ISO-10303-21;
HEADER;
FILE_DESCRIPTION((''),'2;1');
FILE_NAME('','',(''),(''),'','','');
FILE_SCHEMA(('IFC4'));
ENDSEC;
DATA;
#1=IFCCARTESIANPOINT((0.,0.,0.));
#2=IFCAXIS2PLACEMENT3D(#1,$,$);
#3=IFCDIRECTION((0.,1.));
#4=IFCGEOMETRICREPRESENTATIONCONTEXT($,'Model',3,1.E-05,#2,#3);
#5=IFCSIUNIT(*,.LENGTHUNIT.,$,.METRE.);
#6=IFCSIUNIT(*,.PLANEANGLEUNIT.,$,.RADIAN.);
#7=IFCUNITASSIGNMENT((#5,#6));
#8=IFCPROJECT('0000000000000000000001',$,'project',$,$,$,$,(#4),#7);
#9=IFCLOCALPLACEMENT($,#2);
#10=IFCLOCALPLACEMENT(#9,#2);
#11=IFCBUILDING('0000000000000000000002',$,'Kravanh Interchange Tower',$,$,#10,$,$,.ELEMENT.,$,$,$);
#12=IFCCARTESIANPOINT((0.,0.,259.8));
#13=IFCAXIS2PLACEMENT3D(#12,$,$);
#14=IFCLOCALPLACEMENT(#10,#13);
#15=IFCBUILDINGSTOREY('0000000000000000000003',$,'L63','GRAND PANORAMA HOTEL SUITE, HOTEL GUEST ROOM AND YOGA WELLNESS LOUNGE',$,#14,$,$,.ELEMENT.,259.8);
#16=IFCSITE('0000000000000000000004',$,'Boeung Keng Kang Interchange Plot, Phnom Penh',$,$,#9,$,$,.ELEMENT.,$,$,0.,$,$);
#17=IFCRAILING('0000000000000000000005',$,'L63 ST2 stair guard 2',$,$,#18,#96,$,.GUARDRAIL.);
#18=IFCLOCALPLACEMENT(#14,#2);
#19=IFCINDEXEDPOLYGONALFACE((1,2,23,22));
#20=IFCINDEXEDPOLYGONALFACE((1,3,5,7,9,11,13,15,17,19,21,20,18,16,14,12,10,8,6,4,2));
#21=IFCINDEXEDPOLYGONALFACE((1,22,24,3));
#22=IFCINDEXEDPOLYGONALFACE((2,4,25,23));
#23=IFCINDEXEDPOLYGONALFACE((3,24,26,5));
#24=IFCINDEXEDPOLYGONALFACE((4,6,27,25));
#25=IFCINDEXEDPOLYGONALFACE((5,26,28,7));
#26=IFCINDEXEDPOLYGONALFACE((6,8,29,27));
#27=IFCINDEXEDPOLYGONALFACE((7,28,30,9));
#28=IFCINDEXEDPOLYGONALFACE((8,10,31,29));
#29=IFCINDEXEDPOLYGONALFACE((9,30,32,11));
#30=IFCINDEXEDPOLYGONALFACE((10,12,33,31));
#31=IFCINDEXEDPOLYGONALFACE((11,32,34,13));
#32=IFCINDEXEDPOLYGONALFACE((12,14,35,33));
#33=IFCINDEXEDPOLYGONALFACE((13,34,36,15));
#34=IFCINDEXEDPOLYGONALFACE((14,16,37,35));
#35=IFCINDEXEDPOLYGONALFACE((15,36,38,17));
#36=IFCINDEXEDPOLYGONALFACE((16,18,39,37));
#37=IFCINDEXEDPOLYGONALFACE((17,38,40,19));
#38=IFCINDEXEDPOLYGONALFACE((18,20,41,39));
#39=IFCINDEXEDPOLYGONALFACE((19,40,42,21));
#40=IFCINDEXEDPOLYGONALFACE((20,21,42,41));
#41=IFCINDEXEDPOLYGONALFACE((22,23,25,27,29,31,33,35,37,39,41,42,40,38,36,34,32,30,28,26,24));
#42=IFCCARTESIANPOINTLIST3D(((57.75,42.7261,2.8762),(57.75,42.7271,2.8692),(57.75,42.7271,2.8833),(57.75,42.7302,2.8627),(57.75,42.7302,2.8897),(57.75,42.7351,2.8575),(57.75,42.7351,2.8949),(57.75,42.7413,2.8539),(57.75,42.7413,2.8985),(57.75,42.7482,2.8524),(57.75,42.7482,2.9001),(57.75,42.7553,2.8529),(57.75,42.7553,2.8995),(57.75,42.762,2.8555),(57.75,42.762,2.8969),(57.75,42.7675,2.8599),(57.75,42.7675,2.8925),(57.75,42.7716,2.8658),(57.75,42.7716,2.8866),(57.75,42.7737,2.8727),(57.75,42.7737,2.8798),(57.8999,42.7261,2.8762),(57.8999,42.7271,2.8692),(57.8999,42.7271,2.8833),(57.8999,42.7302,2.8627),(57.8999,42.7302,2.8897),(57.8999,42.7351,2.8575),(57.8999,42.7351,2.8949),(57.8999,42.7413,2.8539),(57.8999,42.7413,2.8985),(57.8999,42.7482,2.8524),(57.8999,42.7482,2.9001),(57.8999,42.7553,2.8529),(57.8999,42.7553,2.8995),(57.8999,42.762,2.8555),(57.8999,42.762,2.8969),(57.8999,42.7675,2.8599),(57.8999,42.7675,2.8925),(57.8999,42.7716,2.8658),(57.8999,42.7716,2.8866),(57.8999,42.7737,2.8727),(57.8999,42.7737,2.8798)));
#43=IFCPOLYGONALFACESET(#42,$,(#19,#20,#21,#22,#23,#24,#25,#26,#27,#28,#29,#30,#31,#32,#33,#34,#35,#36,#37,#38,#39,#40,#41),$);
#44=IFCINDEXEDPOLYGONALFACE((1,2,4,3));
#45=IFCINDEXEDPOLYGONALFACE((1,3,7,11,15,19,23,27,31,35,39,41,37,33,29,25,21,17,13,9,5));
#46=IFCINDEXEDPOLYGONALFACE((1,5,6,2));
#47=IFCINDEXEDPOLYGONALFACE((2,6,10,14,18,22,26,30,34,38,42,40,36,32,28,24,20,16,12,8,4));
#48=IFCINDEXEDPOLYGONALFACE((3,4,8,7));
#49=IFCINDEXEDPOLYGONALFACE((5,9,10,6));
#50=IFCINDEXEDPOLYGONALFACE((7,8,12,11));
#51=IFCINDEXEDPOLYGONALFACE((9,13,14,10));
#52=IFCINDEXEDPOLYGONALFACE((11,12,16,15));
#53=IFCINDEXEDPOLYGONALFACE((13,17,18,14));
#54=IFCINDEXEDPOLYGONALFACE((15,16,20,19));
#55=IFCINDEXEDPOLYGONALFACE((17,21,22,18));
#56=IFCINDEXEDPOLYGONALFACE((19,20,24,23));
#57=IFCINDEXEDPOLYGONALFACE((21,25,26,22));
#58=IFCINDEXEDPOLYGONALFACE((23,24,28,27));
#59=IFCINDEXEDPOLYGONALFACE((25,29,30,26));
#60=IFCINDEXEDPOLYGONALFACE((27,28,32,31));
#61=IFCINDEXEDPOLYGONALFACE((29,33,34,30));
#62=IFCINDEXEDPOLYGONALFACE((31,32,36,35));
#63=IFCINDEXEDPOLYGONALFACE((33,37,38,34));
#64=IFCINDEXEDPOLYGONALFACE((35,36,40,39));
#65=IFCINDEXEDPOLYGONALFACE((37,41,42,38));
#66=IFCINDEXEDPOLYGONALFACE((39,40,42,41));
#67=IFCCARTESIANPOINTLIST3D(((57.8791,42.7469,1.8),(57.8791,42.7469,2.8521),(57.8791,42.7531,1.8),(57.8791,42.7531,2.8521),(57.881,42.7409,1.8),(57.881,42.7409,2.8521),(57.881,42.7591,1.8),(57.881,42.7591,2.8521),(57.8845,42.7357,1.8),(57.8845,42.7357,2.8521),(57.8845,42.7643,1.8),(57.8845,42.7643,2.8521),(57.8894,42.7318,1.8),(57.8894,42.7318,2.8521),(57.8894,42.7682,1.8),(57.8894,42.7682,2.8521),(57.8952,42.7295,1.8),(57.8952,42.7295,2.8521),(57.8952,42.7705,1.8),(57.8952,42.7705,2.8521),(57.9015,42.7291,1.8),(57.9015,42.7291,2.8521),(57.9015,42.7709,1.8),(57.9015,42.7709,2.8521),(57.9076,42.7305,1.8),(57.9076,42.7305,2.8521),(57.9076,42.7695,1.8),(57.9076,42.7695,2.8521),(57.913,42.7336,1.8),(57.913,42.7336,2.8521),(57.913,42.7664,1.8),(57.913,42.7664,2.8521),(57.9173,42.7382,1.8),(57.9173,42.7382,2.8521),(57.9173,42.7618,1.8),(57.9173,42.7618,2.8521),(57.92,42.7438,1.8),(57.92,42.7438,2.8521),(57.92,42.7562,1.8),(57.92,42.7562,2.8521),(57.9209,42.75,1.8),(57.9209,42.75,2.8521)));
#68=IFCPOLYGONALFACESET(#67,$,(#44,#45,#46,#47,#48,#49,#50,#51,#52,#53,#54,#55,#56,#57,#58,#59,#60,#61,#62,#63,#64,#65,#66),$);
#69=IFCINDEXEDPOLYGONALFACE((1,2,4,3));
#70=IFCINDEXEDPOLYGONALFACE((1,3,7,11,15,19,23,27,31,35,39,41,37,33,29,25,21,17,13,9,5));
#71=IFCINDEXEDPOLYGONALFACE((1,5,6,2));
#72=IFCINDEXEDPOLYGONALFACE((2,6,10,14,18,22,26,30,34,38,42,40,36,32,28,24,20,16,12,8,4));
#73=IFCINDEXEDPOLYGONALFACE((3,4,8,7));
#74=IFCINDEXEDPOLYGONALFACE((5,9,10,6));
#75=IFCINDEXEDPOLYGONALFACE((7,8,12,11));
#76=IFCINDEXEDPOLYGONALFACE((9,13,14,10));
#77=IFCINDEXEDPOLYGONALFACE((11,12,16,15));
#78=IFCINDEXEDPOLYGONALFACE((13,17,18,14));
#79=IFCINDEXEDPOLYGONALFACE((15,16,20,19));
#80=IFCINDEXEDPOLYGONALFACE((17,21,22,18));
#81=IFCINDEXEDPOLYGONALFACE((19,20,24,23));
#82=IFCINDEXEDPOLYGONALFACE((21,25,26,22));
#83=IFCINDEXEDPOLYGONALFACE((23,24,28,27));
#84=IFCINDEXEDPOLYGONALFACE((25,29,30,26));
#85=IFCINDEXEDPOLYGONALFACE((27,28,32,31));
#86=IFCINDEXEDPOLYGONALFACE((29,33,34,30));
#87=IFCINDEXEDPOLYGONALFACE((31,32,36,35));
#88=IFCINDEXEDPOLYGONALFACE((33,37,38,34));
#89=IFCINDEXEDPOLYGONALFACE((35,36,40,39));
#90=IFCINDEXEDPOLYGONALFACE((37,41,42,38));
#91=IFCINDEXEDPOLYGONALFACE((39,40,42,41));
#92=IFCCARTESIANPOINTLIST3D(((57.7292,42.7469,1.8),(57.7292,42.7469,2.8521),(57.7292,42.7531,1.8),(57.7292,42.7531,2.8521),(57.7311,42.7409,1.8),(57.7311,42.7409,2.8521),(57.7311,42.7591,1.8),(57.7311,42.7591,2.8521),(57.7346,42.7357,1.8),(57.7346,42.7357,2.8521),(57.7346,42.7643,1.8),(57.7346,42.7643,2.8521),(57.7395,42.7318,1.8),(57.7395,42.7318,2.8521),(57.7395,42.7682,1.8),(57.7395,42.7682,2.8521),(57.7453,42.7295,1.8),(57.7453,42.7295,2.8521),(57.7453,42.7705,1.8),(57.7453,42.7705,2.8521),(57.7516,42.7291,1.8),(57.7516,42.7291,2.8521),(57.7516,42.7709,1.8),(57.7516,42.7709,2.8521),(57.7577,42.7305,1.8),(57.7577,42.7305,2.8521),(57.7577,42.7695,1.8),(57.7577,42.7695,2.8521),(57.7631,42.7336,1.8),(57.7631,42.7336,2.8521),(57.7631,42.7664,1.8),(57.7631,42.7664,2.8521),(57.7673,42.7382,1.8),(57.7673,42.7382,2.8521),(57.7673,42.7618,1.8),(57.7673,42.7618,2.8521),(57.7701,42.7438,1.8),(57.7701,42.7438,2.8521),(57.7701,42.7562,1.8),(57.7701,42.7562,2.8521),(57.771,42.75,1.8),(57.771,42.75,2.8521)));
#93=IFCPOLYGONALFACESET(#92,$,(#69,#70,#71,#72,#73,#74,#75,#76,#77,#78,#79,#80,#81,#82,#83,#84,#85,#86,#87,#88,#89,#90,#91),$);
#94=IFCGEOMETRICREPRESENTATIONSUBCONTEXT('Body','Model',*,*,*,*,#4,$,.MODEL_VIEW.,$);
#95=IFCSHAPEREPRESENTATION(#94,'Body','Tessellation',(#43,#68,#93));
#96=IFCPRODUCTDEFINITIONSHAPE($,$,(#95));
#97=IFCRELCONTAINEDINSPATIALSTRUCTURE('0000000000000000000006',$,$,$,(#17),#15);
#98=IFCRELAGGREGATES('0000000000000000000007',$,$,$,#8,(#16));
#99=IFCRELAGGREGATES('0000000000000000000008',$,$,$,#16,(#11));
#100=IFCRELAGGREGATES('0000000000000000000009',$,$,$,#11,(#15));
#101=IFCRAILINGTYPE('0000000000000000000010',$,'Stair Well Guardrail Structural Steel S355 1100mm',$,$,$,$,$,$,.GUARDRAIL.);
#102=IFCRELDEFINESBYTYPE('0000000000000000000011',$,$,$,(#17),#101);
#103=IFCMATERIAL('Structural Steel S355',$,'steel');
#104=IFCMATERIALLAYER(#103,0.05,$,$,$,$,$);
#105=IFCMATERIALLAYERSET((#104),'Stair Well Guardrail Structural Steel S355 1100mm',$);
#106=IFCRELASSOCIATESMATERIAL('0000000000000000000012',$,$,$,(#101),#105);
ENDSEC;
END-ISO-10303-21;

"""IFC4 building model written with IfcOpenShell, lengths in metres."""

from ifc_helpers import new_model, si_unit, direction, frame, origin, origin_2d, place, context, subcontext, project, spatial, circle, extrude, material, layer, layer_set, type_object, element, save


model = new_model("IFC4")

# Units and contexts
model_context = context("Model", 3, precision=1e-05, world=origin(), true_north=direction((0.0, 1.0)))
body_context = subcontext(model_context, "Body", "Model", "MODEL_VIEW")
ifc_project = project(units=[si_unit("LENGTHUNIT", "METRE"), si_unit("PLANEANGLEUNIT", "RADIAN")], contexts=[model_context])

# Site, building, storey
site_placement = place(None, origin())
site = spatial("IfcSite", under=ifc_project, at=site_placement, Name="Boeung Keng Kang Interchange Plot, Phnom Penh", CompositionType="ELEMENT", RefElevation=0.0)
building_placement = place(site_placement, origin())
building = spatial("IfcBuilding", under=site, at=building_placement, Name="Kravanh Interchange Tower", CompositionType="ELEMENT")
storey_placement = place(building_placement, frame((0.0, 0.0, 259.8)))
storey = spatial("IfcBuildingStorey", under=building, at=storey_placement, Name="L63", Description="GRAND PANORAMA HOTEL SUITE, HOTEL GUEST ROOM AND YOGA WELLNESS LOUNGE", CompositionType="ELEMENT", Elevation=259.8)

# Railing
ifc_material_1 = material(Name="Structural Steel S355", Category="steel")
ifc_layer_1 = layer(ifc_material_1, 0.05)
ifc_layer_set_1 = layer_set([ifc_layer_1], Name="Stair Well Guardrail Structural Steel S355 1100mm")
railing_type_1 = type_object("IfcRailingType", Name="Stair Well Guardrail Structural Steel S355 1100mm", PredefinedType="GUARDRAIL", material=ifc_layer_set_1)
railing_1_placement = place(storey_placement, frame((57.8999, 42.75, 1.8)))
element("IfcRailing", 1, at=railing_1_placement, inside=storey, type_object=railing_type_1, Name="L63 ST2 stair guard 2", PredefinedType="GUARDRAIL", context=body_context, shape_type="SweptSolid", body=[
    extrude(circle(Radius=0.0239, at=origin_2d()), frame((0.0, 0.0, 1.0762), z_axis=(-1.0, 0.0, 0.0), x_axis=(0.0, -1.0, 0.0)), (0.0, 0.0, 1.0), 0.1499),
    extrude(circle(Radius=0.021, at=origin_2d()), origin(), (0.0, 0.0, 1.0), 1.052),
    extrude(circle(Radius=0.021, at=origin_2d()), frame((-0.1499, 0.0, 0.0)), (0.0, 0.0, 1.0), 1.052),
])

save(model, "model.ifc")
